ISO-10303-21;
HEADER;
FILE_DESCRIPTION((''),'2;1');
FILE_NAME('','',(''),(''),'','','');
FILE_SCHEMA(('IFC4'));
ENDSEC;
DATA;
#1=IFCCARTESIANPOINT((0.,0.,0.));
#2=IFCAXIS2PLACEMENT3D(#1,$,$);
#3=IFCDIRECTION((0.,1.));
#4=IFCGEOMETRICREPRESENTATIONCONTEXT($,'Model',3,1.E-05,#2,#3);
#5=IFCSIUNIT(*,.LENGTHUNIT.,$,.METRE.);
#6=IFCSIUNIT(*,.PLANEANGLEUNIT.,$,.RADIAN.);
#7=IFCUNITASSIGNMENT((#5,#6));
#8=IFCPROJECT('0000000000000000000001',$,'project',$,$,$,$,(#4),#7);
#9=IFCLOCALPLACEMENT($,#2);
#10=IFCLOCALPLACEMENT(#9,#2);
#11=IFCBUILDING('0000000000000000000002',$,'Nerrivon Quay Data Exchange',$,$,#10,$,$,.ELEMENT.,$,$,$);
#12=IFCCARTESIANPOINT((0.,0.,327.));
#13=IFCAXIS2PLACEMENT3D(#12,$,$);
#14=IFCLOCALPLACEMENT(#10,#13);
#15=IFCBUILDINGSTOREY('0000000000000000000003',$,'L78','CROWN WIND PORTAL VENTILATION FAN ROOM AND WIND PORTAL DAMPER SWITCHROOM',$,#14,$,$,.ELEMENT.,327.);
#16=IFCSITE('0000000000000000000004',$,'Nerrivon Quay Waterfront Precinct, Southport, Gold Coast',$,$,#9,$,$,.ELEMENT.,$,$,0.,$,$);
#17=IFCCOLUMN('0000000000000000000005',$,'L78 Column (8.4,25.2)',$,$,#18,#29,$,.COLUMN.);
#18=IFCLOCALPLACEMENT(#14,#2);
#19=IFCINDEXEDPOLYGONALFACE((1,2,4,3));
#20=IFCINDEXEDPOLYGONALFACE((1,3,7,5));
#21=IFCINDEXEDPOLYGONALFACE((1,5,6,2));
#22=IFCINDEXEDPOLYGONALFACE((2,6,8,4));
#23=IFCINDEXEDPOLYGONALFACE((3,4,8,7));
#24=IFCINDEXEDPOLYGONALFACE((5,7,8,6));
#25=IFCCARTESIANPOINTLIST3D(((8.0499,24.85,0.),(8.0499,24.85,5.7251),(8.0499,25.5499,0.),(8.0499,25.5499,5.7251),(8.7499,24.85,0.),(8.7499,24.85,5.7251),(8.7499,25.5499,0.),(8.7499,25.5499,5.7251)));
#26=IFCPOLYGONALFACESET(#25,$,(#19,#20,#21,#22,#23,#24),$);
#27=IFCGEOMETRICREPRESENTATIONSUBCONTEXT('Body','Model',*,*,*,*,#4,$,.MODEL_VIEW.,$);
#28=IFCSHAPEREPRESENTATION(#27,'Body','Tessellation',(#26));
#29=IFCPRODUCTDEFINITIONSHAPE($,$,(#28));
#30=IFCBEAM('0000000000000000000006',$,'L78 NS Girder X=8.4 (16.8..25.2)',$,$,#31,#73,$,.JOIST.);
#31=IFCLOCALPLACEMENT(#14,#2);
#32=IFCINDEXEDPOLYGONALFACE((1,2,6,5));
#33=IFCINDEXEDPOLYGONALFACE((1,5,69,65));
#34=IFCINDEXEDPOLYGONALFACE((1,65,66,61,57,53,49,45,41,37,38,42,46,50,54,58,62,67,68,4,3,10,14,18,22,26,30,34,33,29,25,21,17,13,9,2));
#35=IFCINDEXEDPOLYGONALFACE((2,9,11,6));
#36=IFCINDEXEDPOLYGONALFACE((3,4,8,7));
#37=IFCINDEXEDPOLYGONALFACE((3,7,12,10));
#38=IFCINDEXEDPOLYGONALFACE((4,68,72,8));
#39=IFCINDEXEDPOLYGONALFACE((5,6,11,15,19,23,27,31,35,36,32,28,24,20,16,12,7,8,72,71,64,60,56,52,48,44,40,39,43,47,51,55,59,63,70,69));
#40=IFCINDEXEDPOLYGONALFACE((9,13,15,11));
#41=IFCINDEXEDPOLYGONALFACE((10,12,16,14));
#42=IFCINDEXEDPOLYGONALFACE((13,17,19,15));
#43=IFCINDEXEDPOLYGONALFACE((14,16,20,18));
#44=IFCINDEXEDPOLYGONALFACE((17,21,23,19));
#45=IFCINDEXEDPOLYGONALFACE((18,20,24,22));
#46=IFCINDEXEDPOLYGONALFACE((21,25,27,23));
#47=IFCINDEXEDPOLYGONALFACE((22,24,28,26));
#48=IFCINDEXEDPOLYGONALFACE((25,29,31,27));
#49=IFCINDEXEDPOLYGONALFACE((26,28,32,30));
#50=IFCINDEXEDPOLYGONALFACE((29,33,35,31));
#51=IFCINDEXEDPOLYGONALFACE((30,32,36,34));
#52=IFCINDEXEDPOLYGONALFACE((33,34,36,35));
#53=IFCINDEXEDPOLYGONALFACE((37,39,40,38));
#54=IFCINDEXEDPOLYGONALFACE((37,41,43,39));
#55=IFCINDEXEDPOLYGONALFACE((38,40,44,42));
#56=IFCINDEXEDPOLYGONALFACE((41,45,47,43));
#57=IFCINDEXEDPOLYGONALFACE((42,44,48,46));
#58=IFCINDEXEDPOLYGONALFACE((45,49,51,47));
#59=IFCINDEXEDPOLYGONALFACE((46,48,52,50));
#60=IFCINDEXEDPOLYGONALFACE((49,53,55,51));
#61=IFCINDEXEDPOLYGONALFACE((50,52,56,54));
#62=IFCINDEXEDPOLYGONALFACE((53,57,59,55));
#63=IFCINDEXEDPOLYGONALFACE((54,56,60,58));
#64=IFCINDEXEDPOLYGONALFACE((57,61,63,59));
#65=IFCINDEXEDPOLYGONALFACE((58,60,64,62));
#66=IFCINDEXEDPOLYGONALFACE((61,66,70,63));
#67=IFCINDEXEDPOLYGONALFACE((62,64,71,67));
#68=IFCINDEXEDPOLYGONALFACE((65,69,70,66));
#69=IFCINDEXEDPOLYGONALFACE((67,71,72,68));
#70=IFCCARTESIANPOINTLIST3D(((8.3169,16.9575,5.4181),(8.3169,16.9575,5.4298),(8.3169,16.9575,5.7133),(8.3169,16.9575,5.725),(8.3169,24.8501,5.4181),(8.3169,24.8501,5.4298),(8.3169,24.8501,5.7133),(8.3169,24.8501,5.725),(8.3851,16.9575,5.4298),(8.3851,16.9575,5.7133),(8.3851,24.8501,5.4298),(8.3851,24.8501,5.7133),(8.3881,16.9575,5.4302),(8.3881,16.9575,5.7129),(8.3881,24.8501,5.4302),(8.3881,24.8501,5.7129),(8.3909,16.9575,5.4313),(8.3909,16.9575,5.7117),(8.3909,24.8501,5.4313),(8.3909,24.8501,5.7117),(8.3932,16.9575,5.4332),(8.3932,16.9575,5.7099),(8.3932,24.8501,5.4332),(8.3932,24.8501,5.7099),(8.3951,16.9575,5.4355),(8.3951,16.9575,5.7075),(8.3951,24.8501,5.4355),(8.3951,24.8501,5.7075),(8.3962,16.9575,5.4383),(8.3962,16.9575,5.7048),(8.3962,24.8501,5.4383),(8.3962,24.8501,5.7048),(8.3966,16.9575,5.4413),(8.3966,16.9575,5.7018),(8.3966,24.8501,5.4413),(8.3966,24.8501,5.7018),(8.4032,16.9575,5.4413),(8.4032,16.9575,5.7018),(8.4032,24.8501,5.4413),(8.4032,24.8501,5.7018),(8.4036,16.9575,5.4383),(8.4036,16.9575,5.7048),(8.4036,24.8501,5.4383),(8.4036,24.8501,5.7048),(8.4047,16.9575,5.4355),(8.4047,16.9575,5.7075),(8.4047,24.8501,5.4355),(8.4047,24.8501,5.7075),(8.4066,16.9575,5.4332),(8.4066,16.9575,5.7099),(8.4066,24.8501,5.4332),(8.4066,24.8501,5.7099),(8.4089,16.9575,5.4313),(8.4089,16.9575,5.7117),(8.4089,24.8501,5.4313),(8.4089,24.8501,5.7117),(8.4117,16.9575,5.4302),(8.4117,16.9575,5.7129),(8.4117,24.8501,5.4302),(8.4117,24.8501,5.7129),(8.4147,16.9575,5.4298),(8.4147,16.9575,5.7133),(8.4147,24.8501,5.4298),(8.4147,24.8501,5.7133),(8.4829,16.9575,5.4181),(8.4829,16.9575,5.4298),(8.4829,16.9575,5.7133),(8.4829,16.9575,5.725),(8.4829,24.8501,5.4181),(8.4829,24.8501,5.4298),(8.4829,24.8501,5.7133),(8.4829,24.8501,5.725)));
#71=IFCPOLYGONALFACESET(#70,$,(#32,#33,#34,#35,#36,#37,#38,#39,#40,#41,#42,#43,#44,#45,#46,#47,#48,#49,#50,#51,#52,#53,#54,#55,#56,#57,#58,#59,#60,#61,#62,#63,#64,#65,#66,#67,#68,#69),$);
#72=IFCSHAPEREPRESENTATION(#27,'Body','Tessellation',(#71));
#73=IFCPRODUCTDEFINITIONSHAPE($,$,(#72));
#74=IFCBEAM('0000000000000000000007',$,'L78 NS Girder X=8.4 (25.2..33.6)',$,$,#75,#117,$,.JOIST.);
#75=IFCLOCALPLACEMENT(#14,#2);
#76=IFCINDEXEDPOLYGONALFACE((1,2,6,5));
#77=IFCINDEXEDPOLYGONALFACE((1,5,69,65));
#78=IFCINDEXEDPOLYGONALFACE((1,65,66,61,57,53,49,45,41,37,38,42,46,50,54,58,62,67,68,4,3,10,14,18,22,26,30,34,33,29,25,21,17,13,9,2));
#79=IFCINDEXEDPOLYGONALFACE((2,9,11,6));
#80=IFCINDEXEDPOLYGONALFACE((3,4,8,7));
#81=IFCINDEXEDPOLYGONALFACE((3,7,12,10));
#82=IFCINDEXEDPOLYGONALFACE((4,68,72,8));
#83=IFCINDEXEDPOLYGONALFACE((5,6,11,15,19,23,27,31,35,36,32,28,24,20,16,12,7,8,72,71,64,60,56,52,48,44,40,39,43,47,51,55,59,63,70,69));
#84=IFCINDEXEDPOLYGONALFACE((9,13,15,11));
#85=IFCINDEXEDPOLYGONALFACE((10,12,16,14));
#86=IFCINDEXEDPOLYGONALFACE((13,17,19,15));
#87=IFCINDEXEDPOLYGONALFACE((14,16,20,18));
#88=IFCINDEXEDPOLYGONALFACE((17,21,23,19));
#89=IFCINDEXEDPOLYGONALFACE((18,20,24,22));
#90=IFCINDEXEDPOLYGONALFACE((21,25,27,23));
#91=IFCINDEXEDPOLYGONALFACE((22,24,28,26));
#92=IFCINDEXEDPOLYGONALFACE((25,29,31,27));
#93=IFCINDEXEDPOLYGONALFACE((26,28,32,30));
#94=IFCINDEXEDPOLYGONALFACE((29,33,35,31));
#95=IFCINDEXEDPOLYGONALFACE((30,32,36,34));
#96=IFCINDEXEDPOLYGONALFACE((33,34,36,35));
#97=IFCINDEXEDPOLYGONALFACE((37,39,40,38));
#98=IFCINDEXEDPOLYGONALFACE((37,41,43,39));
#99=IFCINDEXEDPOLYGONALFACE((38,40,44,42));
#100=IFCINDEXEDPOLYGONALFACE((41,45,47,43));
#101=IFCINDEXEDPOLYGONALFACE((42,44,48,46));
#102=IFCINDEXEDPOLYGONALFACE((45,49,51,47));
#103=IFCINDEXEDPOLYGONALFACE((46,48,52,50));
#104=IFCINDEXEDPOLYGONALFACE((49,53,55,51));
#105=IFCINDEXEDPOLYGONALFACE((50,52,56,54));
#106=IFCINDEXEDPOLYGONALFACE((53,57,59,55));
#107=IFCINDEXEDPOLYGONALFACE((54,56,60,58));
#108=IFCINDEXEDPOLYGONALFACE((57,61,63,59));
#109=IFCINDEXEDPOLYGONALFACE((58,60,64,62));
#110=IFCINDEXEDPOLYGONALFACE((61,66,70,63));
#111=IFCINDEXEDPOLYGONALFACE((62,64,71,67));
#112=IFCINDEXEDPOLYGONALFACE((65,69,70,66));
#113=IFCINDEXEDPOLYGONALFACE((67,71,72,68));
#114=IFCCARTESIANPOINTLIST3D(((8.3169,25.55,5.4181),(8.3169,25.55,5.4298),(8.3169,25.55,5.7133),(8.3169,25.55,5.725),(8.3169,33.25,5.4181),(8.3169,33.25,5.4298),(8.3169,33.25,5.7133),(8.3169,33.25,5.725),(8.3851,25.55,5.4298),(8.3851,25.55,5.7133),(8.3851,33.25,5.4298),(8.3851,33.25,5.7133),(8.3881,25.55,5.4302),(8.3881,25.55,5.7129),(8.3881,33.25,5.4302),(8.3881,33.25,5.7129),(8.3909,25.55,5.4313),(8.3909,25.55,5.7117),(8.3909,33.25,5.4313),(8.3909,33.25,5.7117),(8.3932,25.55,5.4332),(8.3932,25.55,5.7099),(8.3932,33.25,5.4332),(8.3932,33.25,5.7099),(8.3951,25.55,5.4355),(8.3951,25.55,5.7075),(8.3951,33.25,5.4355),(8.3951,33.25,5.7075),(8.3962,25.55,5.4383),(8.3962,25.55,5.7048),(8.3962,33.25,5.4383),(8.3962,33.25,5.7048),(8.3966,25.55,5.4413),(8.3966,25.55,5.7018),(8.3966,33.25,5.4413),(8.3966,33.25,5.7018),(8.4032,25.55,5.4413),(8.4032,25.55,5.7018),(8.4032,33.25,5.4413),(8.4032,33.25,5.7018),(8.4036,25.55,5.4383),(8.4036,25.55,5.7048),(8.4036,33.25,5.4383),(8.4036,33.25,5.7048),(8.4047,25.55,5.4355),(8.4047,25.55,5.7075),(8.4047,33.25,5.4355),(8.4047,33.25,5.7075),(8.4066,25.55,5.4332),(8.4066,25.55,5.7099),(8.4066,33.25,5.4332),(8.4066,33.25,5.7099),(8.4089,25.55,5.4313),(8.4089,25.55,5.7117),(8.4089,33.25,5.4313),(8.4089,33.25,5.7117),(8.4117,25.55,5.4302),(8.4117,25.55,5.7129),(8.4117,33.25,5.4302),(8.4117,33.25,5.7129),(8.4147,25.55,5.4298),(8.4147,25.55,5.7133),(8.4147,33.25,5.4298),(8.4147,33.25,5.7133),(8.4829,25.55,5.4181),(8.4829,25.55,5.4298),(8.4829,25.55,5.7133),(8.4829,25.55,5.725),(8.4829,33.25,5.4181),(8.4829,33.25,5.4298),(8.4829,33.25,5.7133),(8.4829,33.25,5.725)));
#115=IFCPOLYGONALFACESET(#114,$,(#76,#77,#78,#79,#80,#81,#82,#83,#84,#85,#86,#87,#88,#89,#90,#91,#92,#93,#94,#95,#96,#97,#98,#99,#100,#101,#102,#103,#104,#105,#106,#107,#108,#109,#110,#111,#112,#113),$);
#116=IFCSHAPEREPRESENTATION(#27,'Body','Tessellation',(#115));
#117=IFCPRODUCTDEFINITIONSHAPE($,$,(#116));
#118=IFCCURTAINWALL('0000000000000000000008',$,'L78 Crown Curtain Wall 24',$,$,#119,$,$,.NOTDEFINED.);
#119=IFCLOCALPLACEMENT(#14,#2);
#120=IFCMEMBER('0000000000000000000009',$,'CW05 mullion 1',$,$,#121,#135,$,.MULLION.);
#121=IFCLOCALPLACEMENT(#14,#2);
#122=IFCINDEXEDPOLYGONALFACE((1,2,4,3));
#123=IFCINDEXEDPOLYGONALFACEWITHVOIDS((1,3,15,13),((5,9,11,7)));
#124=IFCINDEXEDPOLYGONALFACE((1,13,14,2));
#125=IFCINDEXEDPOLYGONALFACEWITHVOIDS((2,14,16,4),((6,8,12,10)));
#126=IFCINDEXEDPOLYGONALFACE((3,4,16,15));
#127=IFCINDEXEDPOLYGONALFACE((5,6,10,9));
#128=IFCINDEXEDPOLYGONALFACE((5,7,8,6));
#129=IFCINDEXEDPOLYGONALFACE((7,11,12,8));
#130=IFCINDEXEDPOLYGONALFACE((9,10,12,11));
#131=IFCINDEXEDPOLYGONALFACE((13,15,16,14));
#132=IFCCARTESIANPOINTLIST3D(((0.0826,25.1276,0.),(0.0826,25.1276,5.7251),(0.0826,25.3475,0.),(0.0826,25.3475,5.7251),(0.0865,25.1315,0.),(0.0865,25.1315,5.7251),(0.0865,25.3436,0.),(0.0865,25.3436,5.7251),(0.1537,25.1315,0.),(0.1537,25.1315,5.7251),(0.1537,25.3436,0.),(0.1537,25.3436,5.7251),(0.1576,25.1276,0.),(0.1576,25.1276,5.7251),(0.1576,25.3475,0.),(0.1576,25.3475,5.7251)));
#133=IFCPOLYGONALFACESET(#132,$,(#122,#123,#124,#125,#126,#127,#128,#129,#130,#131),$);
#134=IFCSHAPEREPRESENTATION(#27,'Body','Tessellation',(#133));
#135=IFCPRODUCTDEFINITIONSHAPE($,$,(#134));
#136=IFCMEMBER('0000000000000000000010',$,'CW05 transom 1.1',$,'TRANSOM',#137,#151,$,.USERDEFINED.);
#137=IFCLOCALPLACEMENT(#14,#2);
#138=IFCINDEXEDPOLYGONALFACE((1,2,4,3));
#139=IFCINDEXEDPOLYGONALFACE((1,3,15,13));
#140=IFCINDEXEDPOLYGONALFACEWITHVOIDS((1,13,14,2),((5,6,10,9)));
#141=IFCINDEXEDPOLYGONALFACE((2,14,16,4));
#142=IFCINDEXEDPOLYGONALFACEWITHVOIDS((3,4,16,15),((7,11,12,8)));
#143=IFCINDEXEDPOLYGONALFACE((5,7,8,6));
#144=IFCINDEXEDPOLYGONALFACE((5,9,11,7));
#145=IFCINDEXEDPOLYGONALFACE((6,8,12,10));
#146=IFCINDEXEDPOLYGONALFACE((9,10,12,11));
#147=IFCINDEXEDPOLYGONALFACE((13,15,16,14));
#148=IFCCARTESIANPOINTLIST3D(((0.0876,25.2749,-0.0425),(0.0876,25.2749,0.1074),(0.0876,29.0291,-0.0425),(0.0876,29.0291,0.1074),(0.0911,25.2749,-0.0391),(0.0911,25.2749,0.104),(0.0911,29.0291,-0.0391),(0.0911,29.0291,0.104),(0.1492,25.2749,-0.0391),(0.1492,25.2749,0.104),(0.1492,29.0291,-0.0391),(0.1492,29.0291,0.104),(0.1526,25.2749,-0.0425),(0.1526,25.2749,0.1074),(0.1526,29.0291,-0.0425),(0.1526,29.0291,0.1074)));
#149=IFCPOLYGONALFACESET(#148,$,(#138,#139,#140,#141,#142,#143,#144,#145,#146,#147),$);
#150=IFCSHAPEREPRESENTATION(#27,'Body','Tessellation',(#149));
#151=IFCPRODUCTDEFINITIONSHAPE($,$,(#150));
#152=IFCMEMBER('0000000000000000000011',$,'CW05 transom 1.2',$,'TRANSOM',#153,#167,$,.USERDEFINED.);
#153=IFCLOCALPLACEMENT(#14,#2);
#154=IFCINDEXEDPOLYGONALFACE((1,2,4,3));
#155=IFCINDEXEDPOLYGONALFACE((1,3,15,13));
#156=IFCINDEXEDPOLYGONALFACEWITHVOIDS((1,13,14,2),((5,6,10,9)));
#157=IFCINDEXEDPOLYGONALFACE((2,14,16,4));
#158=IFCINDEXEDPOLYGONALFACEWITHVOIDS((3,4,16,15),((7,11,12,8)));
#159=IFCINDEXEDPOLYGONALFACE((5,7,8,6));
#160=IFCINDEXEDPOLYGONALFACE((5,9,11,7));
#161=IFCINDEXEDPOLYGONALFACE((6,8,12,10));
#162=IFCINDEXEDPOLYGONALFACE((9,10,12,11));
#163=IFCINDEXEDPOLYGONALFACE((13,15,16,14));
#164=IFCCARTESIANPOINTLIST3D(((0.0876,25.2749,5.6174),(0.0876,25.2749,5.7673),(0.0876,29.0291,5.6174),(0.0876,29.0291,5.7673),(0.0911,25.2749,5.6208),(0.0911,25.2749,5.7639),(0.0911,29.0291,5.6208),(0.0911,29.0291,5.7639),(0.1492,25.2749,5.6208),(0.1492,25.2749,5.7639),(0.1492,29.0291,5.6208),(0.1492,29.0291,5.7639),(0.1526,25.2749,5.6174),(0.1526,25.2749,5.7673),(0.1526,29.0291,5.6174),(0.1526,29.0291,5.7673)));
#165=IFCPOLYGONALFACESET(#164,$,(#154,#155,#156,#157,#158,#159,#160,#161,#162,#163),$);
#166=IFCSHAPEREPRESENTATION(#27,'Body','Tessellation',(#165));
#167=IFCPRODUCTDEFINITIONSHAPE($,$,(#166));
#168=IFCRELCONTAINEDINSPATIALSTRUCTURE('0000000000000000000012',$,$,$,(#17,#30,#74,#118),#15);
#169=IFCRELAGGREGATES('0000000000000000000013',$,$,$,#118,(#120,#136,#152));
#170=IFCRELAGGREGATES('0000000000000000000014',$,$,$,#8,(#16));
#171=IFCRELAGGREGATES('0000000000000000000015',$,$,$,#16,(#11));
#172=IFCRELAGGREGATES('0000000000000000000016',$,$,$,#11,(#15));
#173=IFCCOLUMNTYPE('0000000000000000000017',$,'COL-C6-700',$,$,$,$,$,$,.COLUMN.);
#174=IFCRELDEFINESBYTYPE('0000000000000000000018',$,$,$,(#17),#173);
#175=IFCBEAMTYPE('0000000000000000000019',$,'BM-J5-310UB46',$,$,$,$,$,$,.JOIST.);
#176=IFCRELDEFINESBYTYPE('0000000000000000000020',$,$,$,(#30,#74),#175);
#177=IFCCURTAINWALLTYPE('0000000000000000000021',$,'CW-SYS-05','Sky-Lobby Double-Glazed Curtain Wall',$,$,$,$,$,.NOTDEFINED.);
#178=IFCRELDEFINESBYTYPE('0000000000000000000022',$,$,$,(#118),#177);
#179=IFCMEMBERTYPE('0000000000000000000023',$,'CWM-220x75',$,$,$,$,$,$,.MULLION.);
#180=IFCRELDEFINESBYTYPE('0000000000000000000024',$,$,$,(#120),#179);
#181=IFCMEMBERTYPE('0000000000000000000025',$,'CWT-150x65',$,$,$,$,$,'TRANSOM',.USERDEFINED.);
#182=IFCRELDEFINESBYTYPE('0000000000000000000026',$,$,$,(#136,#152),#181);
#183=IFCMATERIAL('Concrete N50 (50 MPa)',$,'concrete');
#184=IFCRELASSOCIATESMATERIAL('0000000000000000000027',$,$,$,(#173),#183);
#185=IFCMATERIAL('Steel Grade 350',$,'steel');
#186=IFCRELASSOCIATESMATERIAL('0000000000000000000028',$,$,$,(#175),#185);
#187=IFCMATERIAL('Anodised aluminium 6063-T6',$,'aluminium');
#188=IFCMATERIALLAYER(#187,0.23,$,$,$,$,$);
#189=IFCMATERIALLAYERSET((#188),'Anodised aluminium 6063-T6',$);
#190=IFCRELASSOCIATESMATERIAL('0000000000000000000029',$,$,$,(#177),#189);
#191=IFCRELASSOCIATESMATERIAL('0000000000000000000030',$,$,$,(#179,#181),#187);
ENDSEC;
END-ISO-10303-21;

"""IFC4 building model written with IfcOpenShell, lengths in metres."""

from ifc_helpers import new_model, si_unit, direction, frame, origin, origin_2d, place, context, subcontext, project, spatial, rectangle, hollow_rectangle, i_section, extrude, material, layer, layer_set, material_profile, profile_set, type_object, element, aggregate, save


model = new_model("IFC4")

# Units and contexts
model_context = context("Model", 3, precision=1e-05, world=origin(), true_north=direction((0.0, 1.0)))
body_context = subcontext(model_context, "Body", "Model", "MODEL_VIEW")
ifc_project = project(units=[si_unit("LENGTHUNIT", "METRE"), si_unit("PLANEANGLEUNIT", "RADIAN")], contexts=[model_context])

# Site, building, storey
site_placement = place(None, origin())
site = spatial("IfcSite", under=ifc_project, at=site_placement, Name="Nerrivon Quay Waterfront Precinct, Southport, Gold Coast", CompositionType="ELEMENT", RefElevation=0.0)
building_placement = place(site_placement, origin())
building = spatial("IfcBuilding", under=site, at=building_placement, Name="Nerrivon Quay Data Exchange", CompositionType="ELEMENT")
storey_placement = place(building_placement, frame((0.0, 0.0, 327.0)))
storey = spatial("IfcBuildingStorey", under=building, at=storey_placement, Name="L78", Description="CROWN WIND PORTAL VENTILATION FAN ROOM AND WIND PORTAL DAMPER SWITCHROOM", CompositionType="ELEMENT", Elevation=327.0)

# Column
ifc_material_1 = material(Name="Concrete N50 (50 MPa)", Category="concrete")
ifc_material_profile_1 = material_profile(ifc_material_1, rectangle(XDim=0.7, YDim=0.7, at=origin_2d()), Name="RC-COL-700x700")
ifc_profile_set_1 = profile_set([ifc_material_profile_1], Name="Concrete N50 (50 MPa)")
column_type = type_object("IfcColumnType", Name="COL-C6-700", PredefinedType="COLUMN", material=ifc_profile_set_1)
column_placement = place(storey_placement, frame((8.3999, 25.2, 0.0), z_axis=(0.0, 0.0, 1.0), x_axis=(1.0, 0.0, 0.0)))
element("IfcColumn", 1, at=column_placement, inside=storey, type_object=column_type, Name="L78 Column (8.4,25.2)", PredefinedType="COLUMN", context=body_context, shape_type="SweptSolid", body=[
    extrude(rectangle(XDim=0.7, YDim=0.7, at=origin_2d()), origin(), (0.0, 0.0, 1.0), 5.7251),
])

# Beams
ifc_material_2 = material(Name="Steel Grade 350", Category="steel")
ifc_material_profile_2 = material_profile(ifc_material_2, i_section(OverallWidth=0.166, OverallDepth=0.3069, WebThickness=0.0066, FlangeThickness=0.0117, FilletRadius=0.0115, at=origin_2d()), Name="310UB46.2")
ifc_profile_set_2 = profile_set([ifc_material_profile_2], Name="Steel Grade 350")
beam_type = type_object("IfcBeamType", Name="BM-J5-310UB46", PredefinedType="JOIST", material=ifc_profile_set_2)
beam_1_placement = place(storey_placement, frame((8.3999, 16.9575, 5.5715), z_axis=(0.0, 1.0, 0.0), x_axis=(-1.0, 0.0, 0.0)))
element("IfcBeam", 2, at=beam_1_placement, inside=storey, type_object=beam_type, Name="L78 NS Girder X=8.4 (16.8..25.2)", PredefinedType="JOIST", context=body_context, shape_type="SweptSolid", body=[
    extrude(i_section(OverallWidth=0.166, OverallDepth=0.3069, WebThickness=0.0066, FlangeThickness=0.0117, FilletRadius=0.0115, at=origin_2d()), origin(), (0.0, 0.0, 1.0), 7.8926),
])
beam_2_placement = place(storey_placement, frame((8.3999, 25.55, 5.5715), z_axis=(0.0, 1.0, 0.0), x_axis=(-1.0, 0.0, 0.0)))
element("IfcBeam", 3, at=beam_2_placement, inside=storey, type_object=beam_type, Name="L78 NS Girder X=8.4 (25.2..33.6)", PredefinedType="JOIST", context=body_context, shape_type="SweptSolid", body=[
    extrude(i_section(OverallWidth=0.166, OverallDepth=0.3069, WebThickness=0.0066, FlangeThickness=0.0117, FilletRadius=0.0115, at=origin_2d()), origin(), (0.0, 0.0, 1.0), 7.7),
])

# Curtain wall, members
ifc_material_3 = material(Name="Anodised aluminium 6063-T6", Category="aluminium")
ifc_layer_1 = layer(ifc_material_3, 0.23)
ifc_layer_set_1 = layer_set([ifc_layer_1], Name="Anodised aluminium 6063-T6")
curtain_wall_type = type_object("IfcCurtainWallType", Name="CW-SYS-05", Description="Sky-Lobby Double-Glazed Curtain Wall", PredefinedType="NOTDEFINED", material=ifc_layer_set_1)
curtain_wall_placement = place(storey_placement, origin())
curtain_wall = element("IfcCurtainWall", 4, at=curtain_wall_placement, inside=storey, type_object=curtain_wall_type, Name="L78 Crown Curtain Wall 24", PredefinedType="NOTDEFINED")
ifc_material_profile_3 = material_profile(ifc_material_3, hollow_rectangle(XDim=0.075, YDim=0.22, WallThickness=0.0039, at=origin_2d()), Name="ALU-MULL-220x75")
ifc_profile_set_3 = profile_set([ifc_material_profile_3], Name="Anodised aluminium 6063-T6")
member_type_1 = type_object("IfcMemberType", Name="CWM-220x75", PredefinedType="MULLION", material=ifc_profile_set_3)
member_1_placement = place(storey_placement, frame((0.1201, 25.2375, 0.0), z_axis=(0.0, 0.0, 1.0), x_axis=(-1.0, 0.0, 0.0)))
member_1 = element("IfcMember", 5, at=member_1_placement, type_object=member_type_1, Name="CW05 mullion 1", PredefinedType="MULLION", context=body_context, shape_type="SweptSolid", body=[
    extrude(hollow_rectangle(XDim=0.075, YDim=0.22, WallThickness=0.0039, at=origin_2d()), origin(), (0.0, 0.0, 1.0), 5.7251),
])
ifc_material_profile_4 = material_profile(ifc_material_3, hollow_rectangle(XDim=0.0649, YDim=0.1499, WallThickness=0.0034, at=origin_2d()), Name="ALU-TRAN-150x65")
ifc_profile_set_4 = profile_set([ifc_material_profile_4], Name="Anodised aluminium 6063-T6")
member_type_2 = type_object("IfcMemberType", Name="CWT-150x65", ElementType="TRANSOM", PredefinedType="USERDEFINED", material=ifc_profile_set_4)
member_2_placement = place(storey_placement, frame((0.1201, 25.2749, 0.0325), z_axis=(0.0, 1.0, 0.0), x_axis=(-1.0, 0.0, 0.0)))
member_2 = element("IfcMember", 6, at=member_2_placement, type_object=member_type_2, Name="CW05 transom 1.1", ObjectType="TRANSOM", PredefinedType="USERDEFINED", context=body_context, shape_type="SweptSolid", body=[
    extrude(hollow_rectangle(XDim=0.0649, YDim=0.1499, WallThickness=0.0034, at=origin_2d()), origin(), (0.0, 0.0, 1.0), 3.7542),
])
member_3_placement = place(storey_placement, frame((0.1201, 25.2749, 5.6924), z_axis=(0.0, 1.0, 0.0), x_axis=(-1.0, 0.0, 0.0)))
member_3 = element("IfcMember", 7, at=member_3_placement, type_object=member_type_2, Name="CW05 transom 1.2", ObjectType="TRANSOM", PredefinedType="USERDEFINED", context=body_context, shape_type="SweptSolid", body=[
    extrude(hollow_rectangle(XDim=0.0649, YDim=0.1499, WallThickness=0.0034, at=origin_2d()), origin(), (0.0, 0.0, 1.0), 3.7542),
])

aggregate(curtain_wall, [member_1, member_2, member_3])

save(model, "model.ifc")
